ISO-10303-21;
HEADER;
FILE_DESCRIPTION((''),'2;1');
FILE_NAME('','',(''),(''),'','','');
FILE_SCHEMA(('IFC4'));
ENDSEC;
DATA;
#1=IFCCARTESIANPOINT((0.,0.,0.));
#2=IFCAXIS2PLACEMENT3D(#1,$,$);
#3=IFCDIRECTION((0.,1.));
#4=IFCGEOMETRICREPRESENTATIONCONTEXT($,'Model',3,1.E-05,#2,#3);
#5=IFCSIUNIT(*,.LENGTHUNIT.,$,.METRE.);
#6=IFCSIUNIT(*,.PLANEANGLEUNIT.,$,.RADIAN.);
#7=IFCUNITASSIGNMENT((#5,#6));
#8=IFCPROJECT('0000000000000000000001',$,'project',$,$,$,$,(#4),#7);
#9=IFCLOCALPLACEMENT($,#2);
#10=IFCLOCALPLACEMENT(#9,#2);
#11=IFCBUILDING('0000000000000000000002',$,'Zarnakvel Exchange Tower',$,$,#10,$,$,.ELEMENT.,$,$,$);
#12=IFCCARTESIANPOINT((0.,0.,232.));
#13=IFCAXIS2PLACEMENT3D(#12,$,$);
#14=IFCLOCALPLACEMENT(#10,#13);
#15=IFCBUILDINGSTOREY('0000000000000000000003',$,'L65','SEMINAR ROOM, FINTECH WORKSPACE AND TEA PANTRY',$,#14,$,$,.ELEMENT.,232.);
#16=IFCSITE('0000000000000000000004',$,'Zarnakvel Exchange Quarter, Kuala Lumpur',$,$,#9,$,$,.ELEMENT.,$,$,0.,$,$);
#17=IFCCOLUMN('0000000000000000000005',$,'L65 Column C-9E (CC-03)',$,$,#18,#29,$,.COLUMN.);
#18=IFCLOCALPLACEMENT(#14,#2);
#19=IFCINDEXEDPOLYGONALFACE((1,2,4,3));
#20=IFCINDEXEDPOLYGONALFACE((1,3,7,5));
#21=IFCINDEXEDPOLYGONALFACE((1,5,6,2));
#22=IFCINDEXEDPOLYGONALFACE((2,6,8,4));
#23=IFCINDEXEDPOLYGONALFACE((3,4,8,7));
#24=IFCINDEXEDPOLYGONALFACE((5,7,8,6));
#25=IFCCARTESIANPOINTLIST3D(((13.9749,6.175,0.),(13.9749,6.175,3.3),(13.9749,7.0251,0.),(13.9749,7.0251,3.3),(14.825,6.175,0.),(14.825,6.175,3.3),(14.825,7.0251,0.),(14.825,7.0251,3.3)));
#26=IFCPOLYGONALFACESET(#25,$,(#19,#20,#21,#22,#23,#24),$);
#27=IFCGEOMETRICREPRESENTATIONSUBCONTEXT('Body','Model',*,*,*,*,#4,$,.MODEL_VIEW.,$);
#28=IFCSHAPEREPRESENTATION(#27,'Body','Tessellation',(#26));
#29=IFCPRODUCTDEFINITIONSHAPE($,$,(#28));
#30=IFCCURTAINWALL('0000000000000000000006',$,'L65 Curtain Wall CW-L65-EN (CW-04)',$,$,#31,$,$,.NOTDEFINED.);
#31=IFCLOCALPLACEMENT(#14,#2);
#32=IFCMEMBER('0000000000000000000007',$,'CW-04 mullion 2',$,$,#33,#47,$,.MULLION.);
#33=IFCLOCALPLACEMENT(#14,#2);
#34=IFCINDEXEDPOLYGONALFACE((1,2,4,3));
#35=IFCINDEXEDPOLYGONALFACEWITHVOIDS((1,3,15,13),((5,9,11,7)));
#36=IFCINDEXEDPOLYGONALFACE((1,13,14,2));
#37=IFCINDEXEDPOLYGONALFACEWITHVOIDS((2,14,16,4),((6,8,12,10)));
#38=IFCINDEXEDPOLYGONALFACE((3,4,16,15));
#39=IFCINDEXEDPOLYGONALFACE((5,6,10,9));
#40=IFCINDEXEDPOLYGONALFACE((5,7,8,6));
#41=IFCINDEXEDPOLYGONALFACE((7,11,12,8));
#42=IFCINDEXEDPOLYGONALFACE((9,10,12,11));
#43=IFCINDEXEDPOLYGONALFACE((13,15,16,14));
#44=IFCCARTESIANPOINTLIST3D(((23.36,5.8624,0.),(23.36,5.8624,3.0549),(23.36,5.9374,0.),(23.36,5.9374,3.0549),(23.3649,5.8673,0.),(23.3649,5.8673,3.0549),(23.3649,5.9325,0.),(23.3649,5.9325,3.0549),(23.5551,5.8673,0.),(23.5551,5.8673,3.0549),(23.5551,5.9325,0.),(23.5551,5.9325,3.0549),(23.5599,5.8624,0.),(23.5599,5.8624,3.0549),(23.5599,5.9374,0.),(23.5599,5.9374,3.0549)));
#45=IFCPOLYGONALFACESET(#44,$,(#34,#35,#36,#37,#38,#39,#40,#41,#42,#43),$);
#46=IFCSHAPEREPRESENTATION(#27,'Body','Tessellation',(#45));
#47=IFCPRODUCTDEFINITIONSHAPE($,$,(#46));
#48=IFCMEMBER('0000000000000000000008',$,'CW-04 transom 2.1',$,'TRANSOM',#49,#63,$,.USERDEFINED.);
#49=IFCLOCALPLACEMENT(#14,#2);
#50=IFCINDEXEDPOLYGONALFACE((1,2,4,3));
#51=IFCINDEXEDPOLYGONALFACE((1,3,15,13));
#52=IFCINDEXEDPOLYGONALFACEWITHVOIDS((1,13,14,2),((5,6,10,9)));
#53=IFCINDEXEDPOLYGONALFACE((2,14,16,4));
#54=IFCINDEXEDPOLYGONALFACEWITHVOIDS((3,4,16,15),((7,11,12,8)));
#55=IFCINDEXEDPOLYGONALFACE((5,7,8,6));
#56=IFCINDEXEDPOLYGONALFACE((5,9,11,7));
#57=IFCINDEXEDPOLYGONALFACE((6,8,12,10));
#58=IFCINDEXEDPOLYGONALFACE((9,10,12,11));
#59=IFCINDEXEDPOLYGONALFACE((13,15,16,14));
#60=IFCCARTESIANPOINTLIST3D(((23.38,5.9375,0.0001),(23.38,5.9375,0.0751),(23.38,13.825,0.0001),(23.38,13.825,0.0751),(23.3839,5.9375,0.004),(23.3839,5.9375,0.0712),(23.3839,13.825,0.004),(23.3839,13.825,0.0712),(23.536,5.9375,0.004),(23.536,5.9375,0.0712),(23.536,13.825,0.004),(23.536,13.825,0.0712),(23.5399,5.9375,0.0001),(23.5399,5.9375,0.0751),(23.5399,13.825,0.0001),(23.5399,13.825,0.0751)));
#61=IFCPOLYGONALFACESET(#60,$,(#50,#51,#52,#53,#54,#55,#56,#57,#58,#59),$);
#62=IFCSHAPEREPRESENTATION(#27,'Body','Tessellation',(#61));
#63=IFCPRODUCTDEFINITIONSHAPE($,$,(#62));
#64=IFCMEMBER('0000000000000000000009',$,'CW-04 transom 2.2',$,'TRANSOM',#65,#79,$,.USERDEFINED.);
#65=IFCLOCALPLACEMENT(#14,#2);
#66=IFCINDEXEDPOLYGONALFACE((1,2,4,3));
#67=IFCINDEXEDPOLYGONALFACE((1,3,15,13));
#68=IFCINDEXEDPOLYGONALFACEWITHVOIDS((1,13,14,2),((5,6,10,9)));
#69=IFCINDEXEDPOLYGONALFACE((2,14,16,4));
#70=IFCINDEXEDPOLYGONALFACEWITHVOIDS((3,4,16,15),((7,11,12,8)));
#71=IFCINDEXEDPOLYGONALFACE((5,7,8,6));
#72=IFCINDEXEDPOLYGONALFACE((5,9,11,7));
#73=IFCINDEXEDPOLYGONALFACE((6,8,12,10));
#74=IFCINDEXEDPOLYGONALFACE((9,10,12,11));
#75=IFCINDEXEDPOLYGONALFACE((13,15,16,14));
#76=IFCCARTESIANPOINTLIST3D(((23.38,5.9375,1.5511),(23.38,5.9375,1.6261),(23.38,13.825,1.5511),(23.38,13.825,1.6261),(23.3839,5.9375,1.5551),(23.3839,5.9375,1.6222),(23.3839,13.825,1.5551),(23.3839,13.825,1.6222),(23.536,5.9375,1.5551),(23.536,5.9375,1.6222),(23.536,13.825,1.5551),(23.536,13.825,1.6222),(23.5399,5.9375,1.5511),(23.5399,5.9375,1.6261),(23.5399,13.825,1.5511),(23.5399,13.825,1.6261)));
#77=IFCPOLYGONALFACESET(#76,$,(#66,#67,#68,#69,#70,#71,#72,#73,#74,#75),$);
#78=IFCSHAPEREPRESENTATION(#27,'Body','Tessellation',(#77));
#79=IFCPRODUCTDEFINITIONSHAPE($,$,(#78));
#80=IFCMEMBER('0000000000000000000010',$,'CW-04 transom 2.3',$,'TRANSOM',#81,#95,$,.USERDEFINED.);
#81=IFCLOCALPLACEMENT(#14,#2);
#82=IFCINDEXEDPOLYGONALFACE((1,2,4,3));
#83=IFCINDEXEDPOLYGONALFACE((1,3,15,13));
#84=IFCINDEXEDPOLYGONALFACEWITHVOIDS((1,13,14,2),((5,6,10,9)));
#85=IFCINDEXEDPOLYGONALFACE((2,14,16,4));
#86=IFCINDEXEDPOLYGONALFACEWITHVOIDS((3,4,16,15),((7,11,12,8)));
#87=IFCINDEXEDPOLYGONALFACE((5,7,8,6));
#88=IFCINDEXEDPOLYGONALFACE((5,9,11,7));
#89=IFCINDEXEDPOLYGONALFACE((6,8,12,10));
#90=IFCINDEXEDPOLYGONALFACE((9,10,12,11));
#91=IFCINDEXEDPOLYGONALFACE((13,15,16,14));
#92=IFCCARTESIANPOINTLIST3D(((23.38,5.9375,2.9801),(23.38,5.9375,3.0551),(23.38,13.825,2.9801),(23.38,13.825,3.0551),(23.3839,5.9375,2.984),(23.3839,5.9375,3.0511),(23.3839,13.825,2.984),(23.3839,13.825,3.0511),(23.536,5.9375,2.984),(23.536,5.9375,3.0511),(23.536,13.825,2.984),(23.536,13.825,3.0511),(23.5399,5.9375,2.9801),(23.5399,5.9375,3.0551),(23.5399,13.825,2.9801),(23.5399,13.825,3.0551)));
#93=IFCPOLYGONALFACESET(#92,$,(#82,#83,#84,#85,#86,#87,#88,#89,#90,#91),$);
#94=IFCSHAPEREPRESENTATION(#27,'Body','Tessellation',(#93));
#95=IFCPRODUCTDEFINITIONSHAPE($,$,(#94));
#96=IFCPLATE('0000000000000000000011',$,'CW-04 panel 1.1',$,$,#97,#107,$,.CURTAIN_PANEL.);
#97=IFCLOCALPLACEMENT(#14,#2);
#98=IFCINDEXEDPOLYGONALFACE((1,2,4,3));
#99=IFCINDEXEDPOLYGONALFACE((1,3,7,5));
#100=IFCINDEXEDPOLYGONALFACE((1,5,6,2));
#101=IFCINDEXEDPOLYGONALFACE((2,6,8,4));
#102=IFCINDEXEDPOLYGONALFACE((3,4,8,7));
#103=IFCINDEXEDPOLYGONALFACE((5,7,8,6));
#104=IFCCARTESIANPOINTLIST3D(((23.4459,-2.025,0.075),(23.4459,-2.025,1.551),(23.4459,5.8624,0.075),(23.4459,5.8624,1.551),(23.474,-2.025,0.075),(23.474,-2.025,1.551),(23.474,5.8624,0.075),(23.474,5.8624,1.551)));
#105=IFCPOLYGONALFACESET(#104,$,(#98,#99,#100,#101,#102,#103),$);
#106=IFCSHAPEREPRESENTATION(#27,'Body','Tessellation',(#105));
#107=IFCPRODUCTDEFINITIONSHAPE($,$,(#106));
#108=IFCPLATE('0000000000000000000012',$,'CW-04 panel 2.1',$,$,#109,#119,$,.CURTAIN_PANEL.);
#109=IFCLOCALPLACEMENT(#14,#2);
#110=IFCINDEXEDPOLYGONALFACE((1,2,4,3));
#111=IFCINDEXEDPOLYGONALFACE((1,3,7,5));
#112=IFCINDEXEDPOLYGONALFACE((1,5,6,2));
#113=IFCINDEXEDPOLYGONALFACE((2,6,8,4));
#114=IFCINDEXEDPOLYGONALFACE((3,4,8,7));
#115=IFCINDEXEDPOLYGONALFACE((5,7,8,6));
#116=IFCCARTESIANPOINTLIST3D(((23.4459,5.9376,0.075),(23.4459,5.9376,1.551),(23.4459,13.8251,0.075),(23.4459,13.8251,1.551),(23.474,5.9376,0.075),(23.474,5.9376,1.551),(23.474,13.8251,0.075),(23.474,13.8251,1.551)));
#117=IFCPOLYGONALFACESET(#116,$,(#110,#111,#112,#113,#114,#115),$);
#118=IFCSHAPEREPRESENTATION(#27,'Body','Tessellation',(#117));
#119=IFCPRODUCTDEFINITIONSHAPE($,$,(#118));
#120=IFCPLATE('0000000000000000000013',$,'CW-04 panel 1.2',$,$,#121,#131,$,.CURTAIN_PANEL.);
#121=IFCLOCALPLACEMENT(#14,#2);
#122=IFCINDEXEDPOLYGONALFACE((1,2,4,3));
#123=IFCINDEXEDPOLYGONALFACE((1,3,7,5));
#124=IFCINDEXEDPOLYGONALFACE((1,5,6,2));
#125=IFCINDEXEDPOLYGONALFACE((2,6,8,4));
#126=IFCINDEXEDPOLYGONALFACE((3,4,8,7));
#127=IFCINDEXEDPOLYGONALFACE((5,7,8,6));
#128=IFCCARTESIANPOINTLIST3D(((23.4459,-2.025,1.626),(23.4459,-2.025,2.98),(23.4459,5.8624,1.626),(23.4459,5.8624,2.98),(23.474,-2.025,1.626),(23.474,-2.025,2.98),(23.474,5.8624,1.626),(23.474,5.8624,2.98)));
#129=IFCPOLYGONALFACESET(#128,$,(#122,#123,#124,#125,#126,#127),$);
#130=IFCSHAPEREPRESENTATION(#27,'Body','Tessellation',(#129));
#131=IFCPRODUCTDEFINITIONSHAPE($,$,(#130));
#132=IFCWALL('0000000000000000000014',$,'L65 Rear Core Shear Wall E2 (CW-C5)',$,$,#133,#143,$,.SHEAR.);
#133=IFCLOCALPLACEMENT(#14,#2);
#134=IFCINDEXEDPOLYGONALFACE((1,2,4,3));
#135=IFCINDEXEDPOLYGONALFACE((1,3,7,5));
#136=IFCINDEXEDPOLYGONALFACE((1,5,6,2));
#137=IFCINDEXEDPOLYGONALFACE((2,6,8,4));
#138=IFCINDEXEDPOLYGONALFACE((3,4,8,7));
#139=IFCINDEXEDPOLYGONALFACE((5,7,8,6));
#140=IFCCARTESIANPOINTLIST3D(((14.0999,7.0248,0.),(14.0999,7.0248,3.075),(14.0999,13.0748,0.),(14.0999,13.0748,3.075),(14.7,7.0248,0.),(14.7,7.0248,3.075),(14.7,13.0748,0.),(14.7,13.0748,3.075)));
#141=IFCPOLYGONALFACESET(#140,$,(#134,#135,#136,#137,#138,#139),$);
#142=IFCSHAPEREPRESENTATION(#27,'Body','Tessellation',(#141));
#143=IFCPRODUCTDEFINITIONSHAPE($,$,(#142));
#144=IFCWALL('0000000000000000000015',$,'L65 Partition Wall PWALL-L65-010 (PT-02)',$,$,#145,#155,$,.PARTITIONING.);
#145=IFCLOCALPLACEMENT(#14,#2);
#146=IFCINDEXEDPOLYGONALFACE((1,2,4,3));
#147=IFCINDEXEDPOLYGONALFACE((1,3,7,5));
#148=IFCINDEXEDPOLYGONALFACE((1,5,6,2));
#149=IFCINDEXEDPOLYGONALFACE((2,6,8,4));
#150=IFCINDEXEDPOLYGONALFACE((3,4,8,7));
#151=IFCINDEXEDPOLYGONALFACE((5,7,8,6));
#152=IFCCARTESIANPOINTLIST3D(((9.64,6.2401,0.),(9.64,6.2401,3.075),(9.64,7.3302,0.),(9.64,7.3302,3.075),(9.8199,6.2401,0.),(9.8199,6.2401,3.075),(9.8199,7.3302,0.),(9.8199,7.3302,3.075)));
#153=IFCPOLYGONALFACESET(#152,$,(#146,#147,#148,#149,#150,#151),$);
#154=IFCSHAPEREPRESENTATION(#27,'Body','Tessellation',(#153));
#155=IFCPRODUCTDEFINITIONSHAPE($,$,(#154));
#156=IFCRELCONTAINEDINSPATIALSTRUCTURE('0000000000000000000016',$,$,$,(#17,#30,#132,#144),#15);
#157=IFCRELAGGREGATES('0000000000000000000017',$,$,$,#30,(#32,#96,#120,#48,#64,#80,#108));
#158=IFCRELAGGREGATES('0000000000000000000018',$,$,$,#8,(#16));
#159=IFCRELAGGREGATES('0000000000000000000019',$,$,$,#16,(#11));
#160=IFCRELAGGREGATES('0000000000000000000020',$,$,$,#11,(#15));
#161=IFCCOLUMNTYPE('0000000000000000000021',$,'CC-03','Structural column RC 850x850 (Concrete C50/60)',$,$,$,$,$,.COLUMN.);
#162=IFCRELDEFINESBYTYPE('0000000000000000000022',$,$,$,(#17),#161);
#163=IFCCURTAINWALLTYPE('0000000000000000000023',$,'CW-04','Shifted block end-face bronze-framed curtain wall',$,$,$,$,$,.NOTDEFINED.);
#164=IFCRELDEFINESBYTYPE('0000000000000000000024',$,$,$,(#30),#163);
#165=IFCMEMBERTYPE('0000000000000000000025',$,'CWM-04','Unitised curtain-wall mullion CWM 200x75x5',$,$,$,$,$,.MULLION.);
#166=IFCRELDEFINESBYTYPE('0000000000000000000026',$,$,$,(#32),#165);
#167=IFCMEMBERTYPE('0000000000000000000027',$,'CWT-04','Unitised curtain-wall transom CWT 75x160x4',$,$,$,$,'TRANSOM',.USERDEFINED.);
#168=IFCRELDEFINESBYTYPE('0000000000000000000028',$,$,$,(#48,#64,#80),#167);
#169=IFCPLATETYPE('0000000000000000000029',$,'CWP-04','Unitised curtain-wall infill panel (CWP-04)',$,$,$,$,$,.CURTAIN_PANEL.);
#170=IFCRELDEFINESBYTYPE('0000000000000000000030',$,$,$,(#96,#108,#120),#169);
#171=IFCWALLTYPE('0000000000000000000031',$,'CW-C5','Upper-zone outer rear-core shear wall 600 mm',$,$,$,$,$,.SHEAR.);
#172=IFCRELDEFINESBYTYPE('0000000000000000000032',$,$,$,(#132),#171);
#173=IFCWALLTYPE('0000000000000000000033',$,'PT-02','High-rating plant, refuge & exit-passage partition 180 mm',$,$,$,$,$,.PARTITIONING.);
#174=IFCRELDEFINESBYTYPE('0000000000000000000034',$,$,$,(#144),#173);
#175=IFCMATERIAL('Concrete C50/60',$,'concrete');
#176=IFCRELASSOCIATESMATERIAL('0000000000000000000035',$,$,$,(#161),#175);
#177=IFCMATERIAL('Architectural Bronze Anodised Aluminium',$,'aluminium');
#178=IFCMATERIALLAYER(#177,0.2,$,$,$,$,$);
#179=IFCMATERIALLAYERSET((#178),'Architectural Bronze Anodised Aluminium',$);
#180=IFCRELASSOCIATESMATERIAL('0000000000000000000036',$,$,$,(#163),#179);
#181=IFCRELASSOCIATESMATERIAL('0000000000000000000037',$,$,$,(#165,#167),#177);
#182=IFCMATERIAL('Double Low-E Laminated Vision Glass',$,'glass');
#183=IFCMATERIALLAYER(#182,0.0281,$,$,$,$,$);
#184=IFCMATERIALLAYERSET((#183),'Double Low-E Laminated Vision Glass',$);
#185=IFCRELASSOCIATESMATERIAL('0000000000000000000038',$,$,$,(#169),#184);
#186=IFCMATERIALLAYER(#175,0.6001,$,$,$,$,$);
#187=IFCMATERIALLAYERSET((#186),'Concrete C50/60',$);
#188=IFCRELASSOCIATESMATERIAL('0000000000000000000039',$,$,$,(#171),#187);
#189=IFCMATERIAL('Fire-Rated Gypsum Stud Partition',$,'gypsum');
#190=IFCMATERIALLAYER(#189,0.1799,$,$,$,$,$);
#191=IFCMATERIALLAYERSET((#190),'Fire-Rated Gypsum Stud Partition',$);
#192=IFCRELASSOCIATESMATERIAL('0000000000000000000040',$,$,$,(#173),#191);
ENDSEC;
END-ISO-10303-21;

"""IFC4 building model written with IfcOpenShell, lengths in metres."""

from ifc_helpers import new_model, si_unit, direction, frame, frame_2d, origin, origin_2d, place, context, subcontext, project, spatial, rectangle, hollow_rectangle, extrude, source, transform, mapped, material, layer, layer_set, material_profile, profile_set, type_object, element, aggregate, save


model = new_model("IFC4")

# Units and contexts
model_context = context("Model", 3, precision=1e-05, world=origin(), true_north=direction((0.0, 1.0)))
body_context = subcontext(model_context, "Body", "Model", "MODEL_VIEW")
ifc_project = project(units=[si_unit("LENGTHUNIT", "METRE"), si_unit("PLANEANGLEUNIT", "RADIAN")], contexts=[model_context])

# Site, building, storey
site_placement = place(None, origin())
site = spatial("IfcSite", under=ifc_project, at=site_placement, Name="Zarnakvel Exchange Quarter, Kuala Lumpur", CompositionType="ELEMENT", RefElevation=0.0)
building_placement = place(site_placement, origin())
building = spatial("IfcBuilding", under=site, at=building_placement, Name="Zarnakvel Exchange Tower", CompositionType="ELEMENT")
storey_placement = place(building_placement, frame((0.0, 0.0, 232.0)))
storey = spatial("IfcBuildingStorey", under=building, at=storey_placement, Name="L65", Description="SEMINAR ROOM, FINTECH WORKSPACE AND TEA PANTRY", CompositionType="ELEMENT", Elevation=232.0)

# Column
ifc_material_1 = material(Name="Concrete C50/60", Category="concrete")
ifc_material_profile_1 = material_profile(ifc_material_1, rectangle(XDim=0.8501, YDim=0.8501, at=origin_2d()))
ifc_profile_set_1 = profile_set([ifc_material_profile_1], Name="Concrete C50/60")
column_type = type_object("IfcColumnType", Name="CC-03", Description="Structural column RC 850x850 (Concrete C50/60)", PredefinedType="COLUMN", material=ifc_profile_set_1)
column_placement = place(storey_placement, frame((14.3999, 6.6001, 0.0), z_axis=(0.0, 0.0, 1.0), x_axis=(1.0, 0.0, 0.0)))
element("IfcColumn", 1, at=column_placement, inside=storey, type_object=column_type, Name="L65 Column C-9E (CC-03)", PredefinedType="COLUMN", context=body_context, shape_type="SweptSolid", body=[
    extrude(rectangle(XDim=0.8501, YDim=0.8501, at=origin_2d()), origin(), (0.0, 0.0, 1.0), 3.3),
])

# Curtain wall, members, plates
ifc_material_2 = material(Name="Architectural Bronze Anodised Aluminium", Category="aluminium")
ifc_layer_1 = layer(ifc_material_2, 0.2)
ifc_layer_set_1 = layer_set([ifc_layer_1], Name="Architectural Bronze Anodised Aluminium")
curtain_wall_type = type_object("IfcCurtainWallType", Name="CW-04", Description="Shifted block end-face bronze-framed curtain wall", PredefinedType="NOTDEFINED", material=ifc_layer_set_1)
curtain_wall_placement = place(storey_placement, origin())
curtain_wall = element("IfcCurtainWall", 2, at=curtain_wall_placement, inside=storey, type_object=curtain_wall_type, Name="L65 Curtain Wall CW-L65-EN (CW-04)", PredefinedType="NOTDEFINED")
ifc_material_profile_2 = material_profile(ifc_material_2, hollow_rectangle(XDim=0.2, YDim=0.075, WallThickness=0.0049, at=origin_2d()))
ifc_profile_set_2 = profile_set([ifc_material_profile_2], Name="Architectural Bronze Anodised Aluminium")
member_type_1 = type_object("IfcMemberType", Name="CWM-04", Description="Unitised curtain-wall mullion CWM 200x75x5", PredefinedType="MULLION", material=ifc_profile_set_2)
shared_shape_1 = source(origin(), body_context, "Body", "SweptSolid", [
    extrude(hollow_rectangle(XDim=0.2, YDim=0.075, WallThickness=0.0049, at=origin_2d()), origin(), (0.0, 0.0, 1.0), 3.0549),
])
member_1_placement = place(storey_placement, frame((23.46, 5.8999, 0.0), z_axis=(0.0, 0.0, 1.0), x_axis=(-1.0, 0.0, 0.0)))
member_1 = element("IfcMember", 3, at=member_1_placement, type_object=member_type_1, Name="CW-04 mullion 2", PredefinedType="MULLION", context=body_context, shape_type="MappedRepresentation", body=[
    mapped(shared_shape_1, transform((0.0, 0.0, 0.0), x_axis=(1.0, 0.0, 0.0), y_axis=(0.0, 1.0, 0.0), z_axis=(0.0, 0.0, 1.0), scale=1.0)),
])
ifc_material_profile_3 = material_profile(ifc_material_2, hollow_rectangle(XDim=0.1599, YDim=0.075, WallThickness=0.0039, at=origin_2d()))
ifc_profile_set_3 = profile_set([ifc_material_profile_3], Name="Architectural Bronze Anodised Aluminium")
member_type_2 = type_object("IfcMemberType", Name="CWT-04", Description="Unitised curtain-wall transom CWT 75x160x4", ElementType="TRANSOM", PredefinedType="USERDEFINED", material=ifc_profile_set_3)
shared_shape_2 = source(origin(), body_context, "Body", "SweptSolid", [
    extrude(hollow_rectangle(XDim=0.1599, YDim=0.075, WallThickness=0.0039, at=origin_2d()), origin(), (0.0, 0.0, 1.0), 7.8875),
])
member_2_placement = place(storey_placement, frame((23.46, 5.9375, 0.0376), z_axis=(0.0, 1.0, 0.0), x_axis=(-1.0, 0.0, 0.0)))
member_2 = element("IfcMember", 4, at=member_2_placement, type_object=member_type_2, Name="CW-04 transom 2.1", ObjectType="TRANSOM", PredefinedType="USERDEFINED", context=body_context, shape_type="MappedRepresentation", body=[
    mapped(shared_shape_2, transform((0.0, 0.0, 0.0), x_axis=(1.0, 0.0, 0.0), y_axis=(0.0, 1.0, 0.0), z_axis=(0.0, 0.0, 1.0), scale=1.0)),
])
member_3_placement = place(storey_placement, frame((23.46, 5.9375, 1.5886), z_axis=(0.0, 1.0, 0.0), x_axis=(-1.0, 0.0, 0.0)))
member_3 = element("IfcMember", 5, at=member_3_placement, type_object=member_type_2, Name="CW-04 transom 2.2", ObjectType="TRANSOM", PredefinedType="USERDEFINED", context=body_context, shape_type="MappedRepresentation", body=[
    mapped(shared_shape_2, transform((0.0, 0.0, 0.0), x_axis=(1.0, 0.0, 0.0), y_axis=(0.0, 1.0, 0.0), z_axis=(0.0, 0.0, 1.0), scale=1.0)),
])
member_4_placement = place(storey_placement, frame((23.46, 5.9375, 3.0176), z_axis=(0.0, 1.0, 0.0), x_axis=(-1.0, 0.0, 0.0)))
member_4 = element("IfcMember", 6, at=member_4_placement, type_object=member_type_2, Name="CW-04 transom 2.3", ObjectType="TRANSOM", PredefinedType="USERDEFINED", context=body_context, shape_type="MappedRepresentation", body=[
    mapped(shared_shape_2, transform((0.0, 0.0, 0.0), x_axis=(1.0, 0.0, 0.0), y_axis=(0.0, 1.0, 0.0), z_axis=(0.0, 0.0, 1.0), scale=1.0)),
])
ifc_material_3 = material(Name="Double Low-E Laminated Vision Glass", Category="glass")
ifc_layer_2 = layer(ifc_material_3, 0.0281)
ifc_layer_set_2 = layer_set([ifc_layer_2], Name="Double Low-E Laminated Vision Glass")
plate_type = type_object("IfcPlateType", Name="CWP-04", Description="Unitised curtain-wall infill panel (CWP-04)", PredefinedType="CURTAIN_PANEL", material=ifc_layer_set_2)
shared_shape_3 = source(origin(), body_context, "Body", "SweptSolid", [
    extrude(rectangle(XDim=7.8875, YDim=0.0281, at=origin_2d()), origin(), (0.0, 0.0, 1.0), 1.4761),
])
plate_1_placement = place(storey_placement, frame((23.46, 1.9187, 0.075), z_axis=(0.0, 0.0, 1.0), x_axis=(0.0, 1.0, 0.0)))
plate_1 = element("IfcPlate", 7, at=plate_1_placement, type_object=plate_type, Name="CW-04 panel 1.1", PredefinedType="CURTAIN_PANEL", context=body_context, shape_type="MappedRepresentation", body=[
    mapped(shared_shape_3, transform((0.0, 0.0, 0.0), x_axis=(1.0, 0.0, 0.0), y_axis=(0.0, 1.0, 0.0), z_axis=(0.0, 0.0, 1.0), scale=1.0)),
])
plate_2_placement = place(storey_placement, frame((23.46, 9.8813, 0.075), z_axis=(0.0, 0.0, 1.0), x_axis=(0.0, 1.0, 0.0)))
plate_2 = element("IfcPlate", 8, at=plate_2_placement, type_object=plate_type, Name="CW-04 panel 2.1", PredefinedType="CURTAIN_PANEL", context=body_context, shape_type="MappedRepresentation", body=[
    mapped(shared_shape_3, transform((0.0, 0.0, 0.0), x_axis=(1.0, 0.0, 0.0), y_axis=(0.0, 1.0, 0.0), z_axis=(0.0, 0.0, 1.0), scale=1.0)),
])
shared_shape_4 = source(origin(), body_context, "Body", "SweptSolid", [
    extrude(rectangle(XDim=7.8875, YDim=0.0281, at=origin_2d()), origin(), (0.0, 0.0, 1.0), 1.354),
])
plate_3_placement = place(storey_placement, frame((23.46, 1.9187, 1.626), z_axis=(0.0, 0.0, 1.0), x_axis=(0.0, 1.0, 0.0)))
plate_3 = element("IfcPlate", 9, at=plate_3_placement, type_object=plate_type, Name="CW-04 panel 1.2", PredefinedType="CURTAIN_PANEL", context=body_context, shape_type="MappedRepresentation", body=[
    mapped(shared_shape_4, transform((0.0, 0.0, 0.0), x_axis=(1.0, 0.0, 0.0), y_axis=(0.0, 1.0, 0.0), z_axis=(0.0, 0.0, 1.0), scale=1.0)),
])
aggregate(curtain_wall, [member_1, plate_1, plate_3, member_2, member_3, member_4, plate_2])

# Walls
ifc_layer_3 = layer(ifc_material_1, 0.6001)
ifc_layer_set_3 = layer_set([ifc_layer_3], Name="Concrete C50/60")
wall_type_1 = type_object("IfcWallType", Name="CW-C5", Description="Upper-zone outer rear-core shear wall 600 mm", PredefinedType="SHEAR", material=ifc_layer_set_3)
wall_1_placement = place(storey_placement, frame((14.3999, 7.0249, 0.0), z_axis=(0.0, 0.0, 1.0), x_axis=(0.0, 1.0, 0.0)))
element("IfcWall", 10, at=wall_1_placement, inside=storey, type_object=wall_type_1, Name="L65 Rear Core Shear Wall E2 (CW-C5)", PredefinedType="SHEAR", context=body_context, shape_type="SweptSolid", body=[
    extrude(rectangle(XDim=6.05, YDim=0.6001, at=frame_2d((3.0249, 0.0))), origin(), (0.0, 0.0, 1.0), 3.075),
])
ifc_material_4 = material(Name="Fire-Rated Gypsum Stud Partition", Category="gypsum")
ifc_layer_4 = layer(ifc_material_4, 0.1799)
ifc_layer_set_4 = layer_set([ifc_layer_4], Name="Fire-Rated Gypsum Stud Partition")
wall_type_2 = type_object("IfcWallType", Name="PT-02", Description="High-rating plant, refuge & exit-passage partition 180 mm", PredefinedType="PARTITIONING", material=ifc_layer_set_4)
wall_2_placement = place(storey_placement, frame((9.73, 7.3301, 0.0), z_axis=(0.0, 0.0, 1.0), x_axis=(0.0, -1.0, 0.0)))
element("IfcWall", 11, at=wall_2_placement, inside=storey, type_object=wall_type_2, Name="L65 Partition Wall PWALL-L65-010 (PT-02)", PredefinedType="PARTITIONING", context=body_context, shape_type="SweptSolid", body=[
    extrude(rectangle(XDim=1.0901, YDim=0.1799, at=frame_2d((0.5449, 0.0))), origin(), (0.0, 0.0, 1.0), 3.075),
])

save(model, "model.ifc")
